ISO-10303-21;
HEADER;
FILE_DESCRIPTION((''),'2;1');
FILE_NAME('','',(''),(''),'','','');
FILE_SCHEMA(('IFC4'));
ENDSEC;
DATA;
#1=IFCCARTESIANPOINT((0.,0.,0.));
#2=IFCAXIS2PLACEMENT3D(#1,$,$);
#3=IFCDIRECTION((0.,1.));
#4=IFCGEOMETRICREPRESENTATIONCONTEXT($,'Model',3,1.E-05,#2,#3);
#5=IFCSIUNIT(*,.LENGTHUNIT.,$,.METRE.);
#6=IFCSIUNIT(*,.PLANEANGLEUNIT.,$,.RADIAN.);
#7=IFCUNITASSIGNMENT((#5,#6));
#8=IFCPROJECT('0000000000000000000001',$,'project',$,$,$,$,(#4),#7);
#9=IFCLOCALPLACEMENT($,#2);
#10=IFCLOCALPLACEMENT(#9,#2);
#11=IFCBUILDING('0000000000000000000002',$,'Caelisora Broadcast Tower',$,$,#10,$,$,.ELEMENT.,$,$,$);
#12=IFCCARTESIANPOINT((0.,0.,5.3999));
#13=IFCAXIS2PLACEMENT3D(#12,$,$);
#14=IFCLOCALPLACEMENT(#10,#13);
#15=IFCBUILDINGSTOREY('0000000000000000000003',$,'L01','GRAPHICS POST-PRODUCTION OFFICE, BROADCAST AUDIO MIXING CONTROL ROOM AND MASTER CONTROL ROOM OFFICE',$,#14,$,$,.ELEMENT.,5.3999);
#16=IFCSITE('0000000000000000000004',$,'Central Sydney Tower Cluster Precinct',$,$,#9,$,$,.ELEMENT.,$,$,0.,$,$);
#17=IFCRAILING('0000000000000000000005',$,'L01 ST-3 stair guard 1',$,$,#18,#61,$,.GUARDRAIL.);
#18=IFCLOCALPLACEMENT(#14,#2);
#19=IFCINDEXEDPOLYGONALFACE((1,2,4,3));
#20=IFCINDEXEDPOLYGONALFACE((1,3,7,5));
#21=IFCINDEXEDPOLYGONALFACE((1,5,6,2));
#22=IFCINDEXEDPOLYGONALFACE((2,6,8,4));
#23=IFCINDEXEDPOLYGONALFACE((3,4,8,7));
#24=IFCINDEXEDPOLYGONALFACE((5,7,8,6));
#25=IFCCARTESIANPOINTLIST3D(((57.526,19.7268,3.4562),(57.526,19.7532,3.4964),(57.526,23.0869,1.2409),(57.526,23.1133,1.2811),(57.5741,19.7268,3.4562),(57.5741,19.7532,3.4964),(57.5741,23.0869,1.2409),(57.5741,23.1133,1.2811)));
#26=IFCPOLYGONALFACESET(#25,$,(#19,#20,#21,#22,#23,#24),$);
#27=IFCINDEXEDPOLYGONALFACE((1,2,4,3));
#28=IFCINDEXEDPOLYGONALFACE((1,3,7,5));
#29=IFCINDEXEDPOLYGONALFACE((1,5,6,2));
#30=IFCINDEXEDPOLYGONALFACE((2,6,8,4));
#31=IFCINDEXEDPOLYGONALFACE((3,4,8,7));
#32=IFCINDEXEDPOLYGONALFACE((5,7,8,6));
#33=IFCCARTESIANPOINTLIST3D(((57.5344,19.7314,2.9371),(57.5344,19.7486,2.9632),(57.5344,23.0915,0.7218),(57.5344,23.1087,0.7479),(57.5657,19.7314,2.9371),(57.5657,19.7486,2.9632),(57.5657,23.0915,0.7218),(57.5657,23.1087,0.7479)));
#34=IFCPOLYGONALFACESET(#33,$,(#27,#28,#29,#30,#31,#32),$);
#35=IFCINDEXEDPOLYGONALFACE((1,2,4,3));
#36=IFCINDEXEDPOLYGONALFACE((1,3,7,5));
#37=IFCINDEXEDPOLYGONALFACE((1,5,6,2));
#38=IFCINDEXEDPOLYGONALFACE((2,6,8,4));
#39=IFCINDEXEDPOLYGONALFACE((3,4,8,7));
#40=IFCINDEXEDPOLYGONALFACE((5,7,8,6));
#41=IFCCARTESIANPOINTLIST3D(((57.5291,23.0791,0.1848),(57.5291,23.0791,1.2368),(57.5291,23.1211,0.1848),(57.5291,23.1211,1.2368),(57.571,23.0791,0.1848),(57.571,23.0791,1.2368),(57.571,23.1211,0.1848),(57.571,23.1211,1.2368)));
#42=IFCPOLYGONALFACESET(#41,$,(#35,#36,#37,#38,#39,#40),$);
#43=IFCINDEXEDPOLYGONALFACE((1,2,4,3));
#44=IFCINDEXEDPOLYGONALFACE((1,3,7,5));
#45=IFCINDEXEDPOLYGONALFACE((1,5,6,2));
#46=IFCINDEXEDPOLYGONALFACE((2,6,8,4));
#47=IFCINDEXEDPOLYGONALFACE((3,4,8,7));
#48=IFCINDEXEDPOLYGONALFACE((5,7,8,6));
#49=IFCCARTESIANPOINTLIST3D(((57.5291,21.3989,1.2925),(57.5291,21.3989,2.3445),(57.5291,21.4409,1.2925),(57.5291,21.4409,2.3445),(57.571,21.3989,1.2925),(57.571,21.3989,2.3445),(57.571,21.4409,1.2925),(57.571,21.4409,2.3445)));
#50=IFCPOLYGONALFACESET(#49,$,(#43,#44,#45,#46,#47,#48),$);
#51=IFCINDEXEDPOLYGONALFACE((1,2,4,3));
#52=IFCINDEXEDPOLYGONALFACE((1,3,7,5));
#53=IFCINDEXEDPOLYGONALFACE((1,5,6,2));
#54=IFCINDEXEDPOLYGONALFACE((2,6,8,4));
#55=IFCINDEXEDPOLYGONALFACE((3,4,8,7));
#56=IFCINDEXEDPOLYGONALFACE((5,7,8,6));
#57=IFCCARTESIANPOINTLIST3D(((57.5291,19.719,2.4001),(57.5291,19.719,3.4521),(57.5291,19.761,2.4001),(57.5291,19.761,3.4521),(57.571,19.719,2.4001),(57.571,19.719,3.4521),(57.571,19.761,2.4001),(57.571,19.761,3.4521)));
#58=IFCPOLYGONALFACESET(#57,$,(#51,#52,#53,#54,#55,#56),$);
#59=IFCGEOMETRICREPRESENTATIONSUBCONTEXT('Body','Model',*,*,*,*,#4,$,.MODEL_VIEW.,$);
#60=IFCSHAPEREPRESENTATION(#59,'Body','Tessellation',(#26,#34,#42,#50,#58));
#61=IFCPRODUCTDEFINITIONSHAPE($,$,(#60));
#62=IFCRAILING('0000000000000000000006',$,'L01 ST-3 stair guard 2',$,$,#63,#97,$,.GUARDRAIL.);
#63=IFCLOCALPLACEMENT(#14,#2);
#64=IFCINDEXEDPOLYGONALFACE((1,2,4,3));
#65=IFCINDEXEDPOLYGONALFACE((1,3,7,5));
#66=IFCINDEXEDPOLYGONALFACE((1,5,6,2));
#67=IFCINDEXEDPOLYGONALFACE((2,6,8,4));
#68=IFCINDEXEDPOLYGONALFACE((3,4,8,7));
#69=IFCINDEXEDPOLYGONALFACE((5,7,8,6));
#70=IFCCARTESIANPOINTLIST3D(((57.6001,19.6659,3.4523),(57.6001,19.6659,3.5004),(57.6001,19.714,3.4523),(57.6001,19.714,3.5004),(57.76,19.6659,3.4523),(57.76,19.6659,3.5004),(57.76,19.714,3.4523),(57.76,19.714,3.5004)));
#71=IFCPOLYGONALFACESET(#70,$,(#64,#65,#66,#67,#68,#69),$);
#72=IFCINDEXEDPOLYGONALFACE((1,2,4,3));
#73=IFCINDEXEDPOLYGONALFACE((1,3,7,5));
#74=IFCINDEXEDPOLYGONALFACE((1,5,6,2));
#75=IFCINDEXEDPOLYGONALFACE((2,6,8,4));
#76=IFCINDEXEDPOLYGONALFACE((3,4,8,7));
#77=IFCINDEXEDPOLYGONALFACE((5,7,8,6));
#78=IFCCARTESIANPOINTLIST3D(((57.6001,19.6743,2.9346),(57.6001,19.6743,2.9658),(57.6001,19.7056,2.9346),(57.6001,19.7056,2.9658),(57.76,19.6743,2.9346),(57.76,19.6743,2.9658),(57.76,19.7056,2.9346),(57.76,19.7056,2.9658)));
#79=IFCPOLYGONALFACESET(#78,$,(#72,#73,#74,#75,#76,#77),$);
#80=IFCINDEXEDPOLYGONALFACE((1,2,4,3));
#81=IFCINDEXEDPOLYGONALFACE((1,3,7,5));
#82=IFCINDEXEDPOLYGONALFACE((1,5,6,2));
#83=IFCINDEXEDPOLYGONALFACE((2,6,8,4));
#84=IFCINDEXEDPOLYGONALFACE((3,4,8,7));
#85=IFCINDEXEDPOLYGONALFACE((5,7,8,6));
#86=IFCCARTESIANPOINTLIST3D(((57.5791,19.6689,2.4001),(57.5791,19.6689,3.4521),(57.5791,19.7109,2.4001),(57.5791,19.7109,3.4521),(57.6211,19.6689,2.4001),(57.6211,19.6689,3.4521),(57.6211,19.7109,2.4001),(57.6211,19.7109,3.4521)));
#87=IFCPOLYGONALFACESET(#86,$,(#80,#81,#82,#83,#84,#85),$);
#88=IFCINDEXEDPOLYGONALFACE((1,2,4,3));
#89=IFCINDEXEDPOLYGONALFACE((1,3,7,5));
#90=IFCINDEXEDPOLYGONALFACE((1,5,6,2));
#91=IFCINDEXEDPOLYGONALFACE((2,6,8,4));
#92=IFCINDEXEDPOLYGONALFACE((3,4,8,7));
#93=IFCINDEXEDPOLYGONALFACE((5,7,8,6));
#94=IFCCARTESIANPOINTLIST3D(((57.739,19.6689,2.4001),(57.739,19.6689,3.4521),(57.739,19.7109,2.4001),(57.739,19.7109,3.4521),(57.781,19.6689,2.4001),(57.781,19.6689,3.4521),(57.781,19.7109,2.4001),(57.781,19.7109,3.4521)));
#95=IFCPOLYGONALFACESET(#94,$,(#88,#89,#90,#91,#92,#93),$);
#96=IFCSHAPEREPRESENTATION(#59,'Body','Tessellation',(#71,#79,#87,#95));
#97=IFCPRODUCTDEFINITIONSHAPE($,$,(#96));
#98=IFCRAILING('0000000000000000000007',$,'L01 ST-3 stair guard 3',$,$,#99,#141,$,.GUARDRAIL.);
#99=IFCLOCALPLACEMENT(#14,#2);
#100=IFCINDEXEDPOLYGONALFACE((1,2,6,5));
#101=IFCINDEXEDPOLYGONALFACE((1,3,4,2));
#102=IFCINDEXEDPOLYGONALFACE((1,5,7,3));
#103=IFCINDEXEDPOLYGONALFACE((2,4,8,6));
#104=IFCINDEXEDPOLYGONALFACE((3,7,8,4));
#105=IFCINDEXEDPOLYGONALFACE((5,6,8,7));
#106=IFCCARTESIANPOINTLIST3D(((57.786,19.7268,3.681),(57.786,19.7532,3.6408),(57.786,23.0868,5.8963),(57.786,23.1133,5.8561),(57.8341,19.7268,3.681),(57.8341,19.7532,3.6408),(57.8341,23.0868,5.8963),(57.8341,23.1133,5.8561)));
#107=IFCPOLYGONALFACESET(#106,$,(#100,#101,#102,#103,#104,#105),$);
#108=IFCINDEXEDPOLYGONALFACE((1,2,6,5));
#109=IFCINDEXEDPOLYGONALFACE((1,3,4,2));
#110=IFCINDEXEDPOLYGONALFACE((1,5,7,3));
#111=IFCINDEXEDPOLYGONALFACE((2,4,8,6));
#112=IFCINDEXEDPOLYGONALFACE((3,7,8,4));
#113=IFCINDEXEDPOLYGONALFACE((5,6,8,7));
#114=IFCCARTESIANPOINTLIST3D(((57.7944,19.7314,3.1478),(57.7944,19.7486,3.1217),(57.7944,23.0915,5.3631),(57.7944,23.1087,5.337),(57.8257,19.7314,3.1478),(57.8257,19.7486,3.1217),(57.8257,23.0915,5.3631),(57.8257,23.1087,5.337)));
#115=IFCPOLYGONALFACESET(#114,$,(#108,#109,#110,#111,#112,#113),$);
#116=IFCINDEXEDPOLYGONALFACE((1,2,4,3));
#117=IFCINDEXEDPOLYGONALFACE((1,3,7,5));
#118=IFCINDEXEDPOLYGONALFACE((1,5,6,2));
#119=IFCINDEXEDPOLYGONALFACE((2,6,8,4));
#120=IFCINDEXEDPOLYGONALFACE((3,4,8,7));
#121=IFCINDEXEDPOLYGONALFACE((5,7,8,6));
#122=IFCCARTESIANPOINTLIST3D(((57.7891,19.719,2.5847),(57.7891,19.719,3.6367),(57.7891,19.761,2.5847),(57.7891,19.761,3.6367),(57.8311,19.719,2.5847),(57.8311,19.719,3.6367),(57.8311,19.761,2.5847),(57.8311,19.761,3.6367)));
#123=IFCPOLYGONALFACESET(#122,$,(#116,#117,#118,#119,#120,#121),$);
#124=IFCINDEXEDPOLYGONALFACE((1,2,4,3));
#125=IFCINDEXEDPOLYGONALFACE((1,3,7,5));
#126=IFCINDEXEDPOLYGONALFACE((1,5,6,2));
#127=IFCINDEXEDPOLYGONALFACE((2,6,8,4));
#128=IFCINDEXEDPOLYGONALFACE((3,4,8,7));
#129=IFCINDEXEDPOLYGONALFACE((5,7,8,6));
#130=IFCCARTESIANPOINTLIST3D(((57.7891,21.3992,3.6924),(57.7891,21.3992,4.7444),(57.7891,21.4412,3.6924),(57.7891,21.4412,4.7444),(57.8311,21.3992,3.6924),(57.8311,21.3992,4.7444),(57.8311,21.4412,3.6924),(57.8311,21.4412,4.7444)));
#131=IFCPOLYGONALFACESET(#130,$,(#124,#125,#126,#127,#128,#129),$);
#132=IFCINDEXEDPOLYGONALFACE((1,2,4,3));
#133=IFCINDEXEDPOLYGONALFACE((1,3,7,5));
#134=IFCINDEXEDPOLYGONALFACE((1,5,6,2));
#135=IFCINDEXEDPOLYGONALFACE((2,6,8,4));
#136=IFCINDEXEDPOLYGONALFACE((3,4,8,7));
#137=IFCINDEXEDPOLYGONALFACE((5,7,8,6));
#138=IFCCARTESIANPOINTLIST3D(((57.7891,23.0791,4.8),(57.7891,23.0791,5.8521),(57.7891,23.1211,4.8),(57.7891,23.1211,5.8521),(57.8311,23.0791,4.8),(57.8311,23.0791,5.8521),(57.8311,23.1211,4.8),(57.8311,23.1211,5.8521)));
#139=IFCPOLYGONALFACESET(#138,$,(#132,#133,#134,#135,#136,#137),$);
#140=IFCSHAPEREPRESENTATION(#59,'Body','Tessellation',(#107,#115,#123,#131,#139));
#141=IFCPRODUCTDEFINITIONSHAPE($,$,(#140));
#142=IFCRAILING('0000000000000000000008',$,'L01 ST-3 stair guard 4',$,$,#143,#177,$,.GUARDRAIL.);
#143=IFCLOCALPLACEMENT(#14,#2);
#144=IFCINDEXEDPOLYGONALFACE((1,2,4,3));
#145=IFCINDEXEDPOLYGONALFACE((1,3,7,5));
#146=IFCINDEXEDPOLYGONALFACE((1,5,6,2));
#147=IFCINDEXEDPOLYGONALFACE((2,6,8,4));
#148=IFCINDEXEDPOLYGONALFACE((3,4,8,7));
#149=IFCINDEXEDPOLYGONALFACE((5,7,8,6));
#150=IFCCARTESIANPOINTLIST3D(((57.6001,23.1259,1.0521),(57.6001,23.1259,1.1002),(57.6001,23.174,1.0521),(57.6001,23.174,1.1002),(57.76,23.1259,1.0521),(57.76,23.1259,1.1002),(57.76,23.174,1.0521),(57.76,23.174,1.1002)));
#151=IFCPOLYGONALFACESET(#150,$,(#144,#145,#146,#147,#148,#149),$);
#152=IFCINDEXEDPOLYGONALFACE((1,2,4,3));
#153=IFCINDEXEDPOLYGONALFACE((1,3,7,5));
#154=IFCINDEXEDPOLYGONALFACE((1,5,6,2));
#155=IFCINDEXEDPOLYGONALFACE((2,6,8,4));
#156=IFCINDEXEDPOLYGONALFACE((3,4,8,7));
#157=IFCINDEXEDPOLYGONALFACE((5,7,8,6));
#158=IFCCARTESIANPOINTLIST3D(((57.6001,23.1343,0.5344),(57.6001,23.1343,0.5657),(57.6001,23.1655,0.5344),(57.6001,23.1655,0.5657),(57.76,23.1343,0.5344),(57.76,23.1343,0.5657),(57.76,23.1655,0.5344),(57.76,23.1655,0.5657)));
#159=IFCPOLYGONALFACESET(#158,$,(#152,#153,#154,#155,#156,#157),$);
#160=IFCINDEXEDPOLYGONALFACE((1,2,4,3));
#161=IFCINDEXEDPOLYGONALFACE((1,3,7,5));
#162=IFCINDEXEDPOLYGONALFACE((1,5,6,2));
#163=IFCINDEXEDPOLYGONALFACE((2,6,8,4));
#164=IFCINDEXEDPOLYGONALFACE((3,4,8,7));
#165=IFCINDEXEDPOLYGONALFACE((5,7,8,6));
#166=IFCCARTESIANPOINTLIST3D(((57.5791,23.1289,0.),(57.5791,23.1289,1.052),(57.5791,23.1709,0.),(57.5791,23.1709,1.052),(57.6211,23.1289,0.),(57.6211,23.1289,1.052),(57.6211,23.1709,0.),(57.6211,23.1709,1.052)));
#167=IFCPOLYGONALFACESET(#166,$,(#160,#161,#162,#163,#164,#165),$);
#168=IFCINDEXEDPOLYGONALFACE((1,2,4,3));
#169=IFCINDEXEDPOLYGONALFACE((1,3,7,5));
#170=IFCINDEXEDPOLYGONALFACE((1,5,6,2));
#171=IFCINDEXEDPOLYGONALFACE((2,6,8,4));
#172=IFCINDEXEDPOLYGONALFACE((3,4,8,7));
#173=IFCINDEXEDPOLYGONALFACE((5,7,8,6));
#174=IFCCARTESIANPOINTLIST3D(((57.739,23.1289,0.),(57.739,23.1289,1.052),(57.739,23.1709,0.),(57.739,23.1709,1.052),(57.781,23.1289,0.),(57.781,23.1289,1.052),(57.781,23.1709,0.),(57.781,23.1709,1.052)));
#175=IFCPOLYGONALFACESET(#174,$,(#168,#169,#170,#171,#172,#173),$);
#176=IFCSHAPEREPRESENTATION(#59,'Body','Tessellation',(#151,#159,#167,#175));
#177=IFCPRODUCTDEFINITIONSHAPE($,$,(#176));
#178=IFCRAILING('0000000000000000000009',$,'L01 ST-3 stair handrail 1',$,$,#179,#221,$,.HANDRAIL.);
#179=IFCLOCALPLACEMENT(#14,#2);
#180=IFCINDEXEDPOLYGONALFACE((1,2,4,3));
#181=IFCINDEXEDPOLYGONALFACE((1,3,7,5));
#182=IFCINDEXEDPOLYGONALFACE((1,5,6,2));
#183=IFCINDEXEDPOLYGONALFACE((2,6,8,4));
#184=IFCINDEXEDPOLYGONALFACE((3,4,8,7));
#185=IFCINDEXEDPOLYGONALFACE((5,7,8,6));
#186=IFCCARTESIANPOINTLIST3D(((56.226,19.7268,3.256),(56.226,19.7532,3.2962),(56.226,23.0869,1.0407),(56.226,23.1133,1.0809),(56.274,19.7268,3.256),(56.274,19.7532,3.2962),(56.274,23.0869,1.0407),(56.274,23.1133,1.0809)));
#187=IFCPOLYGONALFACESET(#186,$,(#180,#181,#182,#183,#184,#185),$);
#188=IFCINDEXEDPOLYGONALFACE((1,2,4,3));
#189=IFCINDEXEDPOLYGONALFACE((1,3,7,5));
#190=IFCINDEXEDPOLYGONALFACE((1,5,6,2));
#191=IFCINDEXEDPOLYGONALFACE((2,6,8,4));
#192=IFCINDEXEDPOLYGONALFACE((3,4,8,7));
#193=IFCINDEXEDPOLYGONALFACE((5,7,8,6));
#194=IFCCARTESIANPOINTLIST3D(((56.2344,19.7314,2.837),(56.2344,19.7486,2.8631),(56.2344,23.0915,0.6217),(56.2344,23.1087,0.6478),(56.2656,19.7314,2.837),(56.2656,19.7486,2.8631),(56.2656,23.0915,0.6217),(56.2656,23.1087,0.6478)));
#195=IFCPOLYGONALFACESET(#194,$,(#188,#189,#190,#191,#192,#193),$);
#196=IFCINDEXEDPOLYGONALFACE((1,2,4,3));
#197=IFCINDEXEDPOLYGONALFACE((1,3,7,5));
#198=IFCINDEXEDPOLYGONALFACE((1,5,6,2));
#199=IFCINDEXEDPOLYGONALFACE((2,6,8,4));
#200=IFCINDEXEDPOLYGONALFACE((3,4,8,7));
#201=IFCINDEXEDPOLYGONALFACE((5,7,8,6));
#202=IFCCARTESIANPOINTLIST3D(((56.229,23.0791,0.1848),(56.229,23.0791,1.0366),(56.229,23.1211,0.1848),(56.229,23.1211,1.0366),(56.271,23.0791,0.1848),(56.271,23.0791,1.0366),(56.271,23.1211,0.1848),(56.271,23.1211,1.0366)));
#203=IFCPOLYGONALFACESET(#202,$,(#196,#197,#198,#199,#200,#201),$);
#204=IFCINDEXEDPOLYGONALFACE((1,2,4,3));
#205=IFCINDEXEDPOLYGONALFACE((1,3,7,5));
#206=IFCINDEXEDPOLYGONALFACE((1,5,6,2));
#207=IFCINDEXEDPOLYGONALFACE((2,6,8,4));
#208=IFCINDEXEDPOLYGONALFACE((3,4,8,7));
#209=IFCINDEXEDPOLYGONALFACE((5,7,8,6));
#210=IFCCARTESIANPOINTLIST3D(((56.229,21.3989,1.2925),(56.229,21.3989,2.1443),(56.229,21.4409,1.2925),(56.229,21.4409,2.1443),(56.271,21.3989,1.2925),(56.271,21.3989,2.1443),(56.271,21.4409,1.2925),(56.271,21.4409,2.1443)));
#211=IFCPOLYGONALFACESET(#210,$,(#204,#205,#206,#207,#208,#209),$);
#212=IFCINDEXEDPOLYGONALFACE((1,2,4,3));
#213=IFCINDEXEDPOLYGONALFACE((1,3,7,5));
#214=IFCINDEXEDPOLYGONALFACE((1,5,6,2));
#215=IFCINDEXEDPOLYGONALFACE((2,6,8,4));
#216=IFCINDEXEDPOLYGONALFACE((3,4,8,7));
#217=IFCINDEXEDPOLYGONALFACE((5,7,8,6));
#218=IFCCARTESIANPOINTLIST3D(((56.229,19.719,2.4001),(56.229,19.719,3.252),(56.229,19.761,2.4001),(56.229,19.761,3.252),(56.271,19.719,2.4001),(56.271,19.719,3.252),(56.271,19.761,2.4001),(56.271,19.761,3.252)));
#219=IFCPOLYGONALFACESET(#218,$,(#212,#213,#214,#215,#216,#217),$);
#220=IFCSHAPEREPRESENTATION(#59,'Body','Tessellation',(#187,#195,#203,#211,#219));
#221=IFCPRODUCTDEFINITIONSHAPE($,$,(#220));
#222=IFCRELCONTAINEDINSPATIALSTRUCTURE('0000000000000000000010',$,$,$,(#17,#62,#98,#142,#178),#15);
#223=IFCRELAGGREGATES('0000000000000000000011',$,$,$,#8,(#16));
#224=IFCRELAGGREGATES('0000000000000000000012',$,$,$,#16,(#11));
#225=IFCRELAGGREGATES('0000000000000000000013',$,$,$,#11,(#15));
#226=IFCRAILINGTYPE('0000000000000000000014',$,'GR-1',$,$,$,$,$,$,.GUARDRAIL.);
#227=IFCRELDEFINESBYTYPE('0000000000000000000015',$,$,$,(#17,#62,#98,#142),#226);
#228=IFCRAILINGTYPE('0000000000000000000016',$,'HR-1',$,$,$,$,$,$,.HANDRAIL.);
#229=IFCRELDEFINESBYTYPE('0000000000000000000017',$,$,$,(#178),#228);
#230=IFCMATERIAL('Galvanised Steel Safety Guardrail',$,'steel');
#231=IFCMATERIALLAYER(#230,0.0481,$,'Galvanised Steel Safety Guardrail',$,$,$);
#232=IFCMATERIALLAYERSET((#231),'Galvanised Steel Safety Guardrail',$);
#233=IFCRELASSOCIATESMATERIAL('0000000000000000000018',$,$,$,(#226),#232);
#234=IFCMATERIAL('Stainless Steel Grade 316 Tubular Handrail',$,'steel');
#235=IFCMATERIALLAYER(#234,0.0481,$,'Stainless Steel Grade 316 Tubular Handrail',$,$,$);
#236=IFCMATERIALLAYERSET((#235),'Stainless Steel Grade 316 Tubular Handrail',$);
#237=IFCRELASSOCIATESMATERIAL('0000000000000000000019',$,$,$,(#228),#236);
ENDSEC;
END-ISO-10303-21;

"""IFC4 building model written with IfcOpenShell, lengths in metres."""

from ifc_helpers import new_model, si_unit, direction, frame, origin, origin_2d, place, context, subcontext, project, spatial, rectangle, extrude, material, layer, layer_set, type_object, element, save


model = new_model("IFC4")

# Units and contexts
model_context = context("Model", 3, precision=1e-05, world=origin(), true_north=direction((0.0, 1.0)))
body_context = subcontext(model_context, "Body", "Model", "MODEL_VIEW")
ifc_project = project(units=[si_unit("LENGTHUNIT", "METRE"), si_unit("PLANEANGLEUNIT", "RADIAN")], contexts=[model_context])

# Site, building, storey
site_placement = place(None, origin())
site = spatial("IfcSite", under=ifc_project, at=site_placement, Name="Central Sydney Tower Cluster Precinct", CompositionType="ELEMENT", RefElevation=0.0)
building_placement = place(site_placement, origin())
building = spatial("IfcBuilding", under=site, at=building_placement, Name="Caelisora Broadcast Tower", CompositionType="ELEMENT")
storey_placement = place(building_placement, frame((0.0, 0.0, 5.3999)))
storey = spatial("IfcBuildingStorey", under=building, at=storey_placement, Name="L01", Description="GRAPHICS POST-PRODUCTION OFFICE, BROADCAST AUDIO MIXING CONTROL ROOM AND MASTER CONTROL ROOM OFFICE", CompositionType="ELEMENT", Elevation=5.3999)

# Railings
ifc_material_1 = material(Name="Galvanised Steel Safety Guardrail", Category="steel")
ifc_layer_1 = layer(ifc_material_1, 0.0481, Name="Galvanised Steel Safety Guardrail")
ifc_layer_set_1 = layer_set([ifc_layer_1], Name="Galvanised Steel Safety Guardrail")
railing_type_1 = type_object("IfcRailingType", Name="GR-1", PredefinedType="GUARDRAIL", material=ifc_layer_set_1)
railing_1_placement = place(storey_placement, frame((57.55, 23.1001, 0.1848)))
element("IfcRailing", 1, at=railing_1_placement, inside=storey, type_object=railing_type_1, Name="L01 ST-3 stair guard 1", PredefinedType="GUARDRAIL", context=body_context, shape_type="SweptSolid", body=[
    extrude(rectangle(XDim=0.0481, YDim=0.0481, at=origin_2d()), frame((0.0, 0.0, 1.0762), z_axis=(0.0, -0.834876, 0.550437), x_axis=(1.0, 0.0, 0.0)), (0.0, 0.0, 1.0), 4.0247),
    extrude(rectangle(XDim=0.0312, YDim=0.0312, at=origin_2d()), frame((0.0, 0.0, 0.55), z_axis=(0.0, -0.834876, 0.550437), x_axis=(1.0, 0.0, 0.0)), (0.0, 0.0, 1.0), 4.0247),
    extrude(rectangle(XDim=0.042, YDim=0.042, at=origin_2d()), origin(), (0.0, 0.0, 1.0), 1.052),
    extrude(rectangle(XDim=0.042, YDim=0.042, at=origin_2d()), frame((0.0, -1.6802, 1.1077)), (0.0, 0.0, 1.0), 1.052),
    extrude(rectangle(XDim=0.042, YDim=0.042, at=origin_2d()), frame((0.0, -3.3601, 2.2153)), (0.0, 0.0, 1.0), 1.052),
])
railing_2_placement = place(storey_placement, frame((57.6001, 19.6899, 2.4001)))
element("IfcRailing", 2, at=railing_2_placement, inside=storey, type_object=railing_type_1, Name="L01 ST-3 stair guard 2", PredefinedType="GUARDRAIL", context=body_context, shape_type="SweptSolid", body=[
    extrude(rectangle(XDim=0.0481, YDim=0.0481, at=origin_2d()), frame((0.0, 0.0, 1.0762), z_axis=(1.0, 0.0, 0.0), x_axis=(0.0, 1.0, 0.0)), (0.0, 0.0, 1.0), 0.1599),
    extrude(rectangle(XDim=0.0312, YDim=0.0312, at=origin_2d()), frame((0.0, 0.0, 0.55), z_axis=(1.0, 0.0, 0.0), x_axis=(0.0, 1.0, 0.0)), (0.0, 0.0, 1.0), 0.1599),
    extrude(rectangle(XDim=0.042, YDim=0.042, at=origin_2d()), origin(), (0.0, 0.0, 1.0), 1.052),
    extrude(rectangle(XDim=0.042, YDim=0.042, at=origin_2d()), frame((0.1599, 0.0, 0.0)), (0.0, 0.0, 1.0), 1.052),
])
railing_3_placement = place(storey_placement, frame((57.8101, 19.74, 2.5847)))
element("IfcRailing", 3, at=railing_3_placement, inside=storey, type_object=railing_type_1, Name="L01 ST-3 stair guard 3", PredefinedType="GUARDRAIL", context=body_context, shape_type="SweptSolid", body=[
    extrude(rectangle(XDim=0.0481, YDim=0.0481, at=origin_2d()), frame((0.0, 0.0, 1.0762), z_axis=(0.0, 0.834876, 0.550437), x_axis=(-1.0, 0.0, 0.0)), (0.0, 0.0, 1.0), 4.0247),
    extrude(rectangle(XDim=0.0312, YDim=0.0312, at=origin_2d()), frame((0.0, 0.0, 0.55), z_axis=(0.0, 0.834876, 0.550437), x_axis=(-1.0, 0.0, 0.0)), (0.0, 0.0, 1.0), 4.0247),
    extrude(rectangle(XDim=0.042, YDim=0.042, at=origin_2d()), origin(), (0.0, 0.0, 1.0), 1.052),
    extrude(rectangle(XDim=0.042, YDim=0.042, at=origin_2d()), frame((0.0, 1.6802, 1.1077)), (0.0, 0.0, 1.0), 1.052),
    extrude(rectangle(XDim=0.042, YDim=0.042, at=origin_2d()), frame((0.0, 3.3601, 2.2153)), (0.0, 0.0, 1.0), 1.052),
])
railing_4_placement = place(storey_placement, frame((57.6001, 23.1499, 0.0)))
element("IfcRailing", 4, at=railing_4_placement, inside=storey, type_object=railing_type_1, Name="L01 ST-3 stair guard 4", PredefinedType="GUARDRAIL", context=body_context, shape_type="SweptSolid", body=[
    extrude(rectangle(XDim=0.0481, YDim=0.0481, at=origin_2d()), frame((0.0, 0.0, 1.0762), z_axis=(1.0, 0.0, 0.0), x_axis=(0.0, 1.0, 0.0)), (0.0, 0.0, 1.0), 0.1599),
    extrude(rectangle(XDim=0.0312, YDim=0.0312, at=origin_2d()), frame((0.0, 0.0, 0.55), z_axis=(1.0, 0.0, 0.0), x_axis=(0.0, 1.0, 0.0)), (0.0, 0.0, 1.0), 0.1599),
    extrude(rectangle(XDim=0.042, YDim=0.042, at=origin_2d()), origin(), (0.0, 0.0, 1.0), 1.052),
    extrude(rectangle(XDim=0.042, YDim=0.042, at=origin_2d()), frame((0.1599, 0.0, 0.0)), (0.0, 0.0, 1.0), 1.052),
])
ifc_material_2 = material(Name="Stainless Steel Grade 316 Tubular Handrail", Category="steel")
ifc_layer_2 = layer(ifc_material_2, 0.0481, Name="Stainless Steel Grade 316 Tubular Handrail")
ifc_layer_set_2 = layer_set([ifc_layer_2], Name="Stainless Steel Grade 316 Tubular Handrail")
railing_type_2 = type_object("IfcRailingType", Name="HR-1", PredefinedType="HANDRAIL", material=ifc_layer_set_2)
railing_5_placement = place(storey_placement, frame((56.25, 23.1001, 0.1848)))
element("IfcRailing", 5, at=railing_5_placement, inside=storey, type_object=railing_type_2, Name="L01 ST-3 stair handrail 1", PredefinedType="HANDRAIL", context=body_context, shape_type="SweptSolid", body=[
    extrude(rectangle(XDim=0.0481, YDim=0.0481, at=origin_2d()), frame((0.0, 0.0, 0.876), z_axis=(0.0, -0.834876, 0.550437), x_axis=(1.0, 0.0, 0.0)), (0.0, 0.0, 1.0), 4.0247),
    extrude(rectangle(XDim=0.0312, YDim=0.0312, at=origin_2d()), frame((0.0, 0.0, 0.45), z_axis=(0.0, -0.834876, 0.550437), x_axis=(1.0, 0.0, 0.0)), (0.0, 0.0, 1.0), 4.0247),
    extrude(rectangle(XDim=0.042, YDim=0.042, at=origin_2d()), origin(), (0.0, 0.0, 1.0), 0.8518),
    extrude(rectangle(XDim=0.042, YDim=0.042, at=origin_2d()), frame((0.0, -1.6802, 1.1077)), (0.0, 0.0, 1.0), 0.8518),
    extrude(rectangle(XDim=0.042, YDim=0.042, at=origin_2d()), frame((0.0, -3.3601, 2.2153)), (0.0, 0.0, 1.0), 0.8518),
])

save(model, "model.ifc")
